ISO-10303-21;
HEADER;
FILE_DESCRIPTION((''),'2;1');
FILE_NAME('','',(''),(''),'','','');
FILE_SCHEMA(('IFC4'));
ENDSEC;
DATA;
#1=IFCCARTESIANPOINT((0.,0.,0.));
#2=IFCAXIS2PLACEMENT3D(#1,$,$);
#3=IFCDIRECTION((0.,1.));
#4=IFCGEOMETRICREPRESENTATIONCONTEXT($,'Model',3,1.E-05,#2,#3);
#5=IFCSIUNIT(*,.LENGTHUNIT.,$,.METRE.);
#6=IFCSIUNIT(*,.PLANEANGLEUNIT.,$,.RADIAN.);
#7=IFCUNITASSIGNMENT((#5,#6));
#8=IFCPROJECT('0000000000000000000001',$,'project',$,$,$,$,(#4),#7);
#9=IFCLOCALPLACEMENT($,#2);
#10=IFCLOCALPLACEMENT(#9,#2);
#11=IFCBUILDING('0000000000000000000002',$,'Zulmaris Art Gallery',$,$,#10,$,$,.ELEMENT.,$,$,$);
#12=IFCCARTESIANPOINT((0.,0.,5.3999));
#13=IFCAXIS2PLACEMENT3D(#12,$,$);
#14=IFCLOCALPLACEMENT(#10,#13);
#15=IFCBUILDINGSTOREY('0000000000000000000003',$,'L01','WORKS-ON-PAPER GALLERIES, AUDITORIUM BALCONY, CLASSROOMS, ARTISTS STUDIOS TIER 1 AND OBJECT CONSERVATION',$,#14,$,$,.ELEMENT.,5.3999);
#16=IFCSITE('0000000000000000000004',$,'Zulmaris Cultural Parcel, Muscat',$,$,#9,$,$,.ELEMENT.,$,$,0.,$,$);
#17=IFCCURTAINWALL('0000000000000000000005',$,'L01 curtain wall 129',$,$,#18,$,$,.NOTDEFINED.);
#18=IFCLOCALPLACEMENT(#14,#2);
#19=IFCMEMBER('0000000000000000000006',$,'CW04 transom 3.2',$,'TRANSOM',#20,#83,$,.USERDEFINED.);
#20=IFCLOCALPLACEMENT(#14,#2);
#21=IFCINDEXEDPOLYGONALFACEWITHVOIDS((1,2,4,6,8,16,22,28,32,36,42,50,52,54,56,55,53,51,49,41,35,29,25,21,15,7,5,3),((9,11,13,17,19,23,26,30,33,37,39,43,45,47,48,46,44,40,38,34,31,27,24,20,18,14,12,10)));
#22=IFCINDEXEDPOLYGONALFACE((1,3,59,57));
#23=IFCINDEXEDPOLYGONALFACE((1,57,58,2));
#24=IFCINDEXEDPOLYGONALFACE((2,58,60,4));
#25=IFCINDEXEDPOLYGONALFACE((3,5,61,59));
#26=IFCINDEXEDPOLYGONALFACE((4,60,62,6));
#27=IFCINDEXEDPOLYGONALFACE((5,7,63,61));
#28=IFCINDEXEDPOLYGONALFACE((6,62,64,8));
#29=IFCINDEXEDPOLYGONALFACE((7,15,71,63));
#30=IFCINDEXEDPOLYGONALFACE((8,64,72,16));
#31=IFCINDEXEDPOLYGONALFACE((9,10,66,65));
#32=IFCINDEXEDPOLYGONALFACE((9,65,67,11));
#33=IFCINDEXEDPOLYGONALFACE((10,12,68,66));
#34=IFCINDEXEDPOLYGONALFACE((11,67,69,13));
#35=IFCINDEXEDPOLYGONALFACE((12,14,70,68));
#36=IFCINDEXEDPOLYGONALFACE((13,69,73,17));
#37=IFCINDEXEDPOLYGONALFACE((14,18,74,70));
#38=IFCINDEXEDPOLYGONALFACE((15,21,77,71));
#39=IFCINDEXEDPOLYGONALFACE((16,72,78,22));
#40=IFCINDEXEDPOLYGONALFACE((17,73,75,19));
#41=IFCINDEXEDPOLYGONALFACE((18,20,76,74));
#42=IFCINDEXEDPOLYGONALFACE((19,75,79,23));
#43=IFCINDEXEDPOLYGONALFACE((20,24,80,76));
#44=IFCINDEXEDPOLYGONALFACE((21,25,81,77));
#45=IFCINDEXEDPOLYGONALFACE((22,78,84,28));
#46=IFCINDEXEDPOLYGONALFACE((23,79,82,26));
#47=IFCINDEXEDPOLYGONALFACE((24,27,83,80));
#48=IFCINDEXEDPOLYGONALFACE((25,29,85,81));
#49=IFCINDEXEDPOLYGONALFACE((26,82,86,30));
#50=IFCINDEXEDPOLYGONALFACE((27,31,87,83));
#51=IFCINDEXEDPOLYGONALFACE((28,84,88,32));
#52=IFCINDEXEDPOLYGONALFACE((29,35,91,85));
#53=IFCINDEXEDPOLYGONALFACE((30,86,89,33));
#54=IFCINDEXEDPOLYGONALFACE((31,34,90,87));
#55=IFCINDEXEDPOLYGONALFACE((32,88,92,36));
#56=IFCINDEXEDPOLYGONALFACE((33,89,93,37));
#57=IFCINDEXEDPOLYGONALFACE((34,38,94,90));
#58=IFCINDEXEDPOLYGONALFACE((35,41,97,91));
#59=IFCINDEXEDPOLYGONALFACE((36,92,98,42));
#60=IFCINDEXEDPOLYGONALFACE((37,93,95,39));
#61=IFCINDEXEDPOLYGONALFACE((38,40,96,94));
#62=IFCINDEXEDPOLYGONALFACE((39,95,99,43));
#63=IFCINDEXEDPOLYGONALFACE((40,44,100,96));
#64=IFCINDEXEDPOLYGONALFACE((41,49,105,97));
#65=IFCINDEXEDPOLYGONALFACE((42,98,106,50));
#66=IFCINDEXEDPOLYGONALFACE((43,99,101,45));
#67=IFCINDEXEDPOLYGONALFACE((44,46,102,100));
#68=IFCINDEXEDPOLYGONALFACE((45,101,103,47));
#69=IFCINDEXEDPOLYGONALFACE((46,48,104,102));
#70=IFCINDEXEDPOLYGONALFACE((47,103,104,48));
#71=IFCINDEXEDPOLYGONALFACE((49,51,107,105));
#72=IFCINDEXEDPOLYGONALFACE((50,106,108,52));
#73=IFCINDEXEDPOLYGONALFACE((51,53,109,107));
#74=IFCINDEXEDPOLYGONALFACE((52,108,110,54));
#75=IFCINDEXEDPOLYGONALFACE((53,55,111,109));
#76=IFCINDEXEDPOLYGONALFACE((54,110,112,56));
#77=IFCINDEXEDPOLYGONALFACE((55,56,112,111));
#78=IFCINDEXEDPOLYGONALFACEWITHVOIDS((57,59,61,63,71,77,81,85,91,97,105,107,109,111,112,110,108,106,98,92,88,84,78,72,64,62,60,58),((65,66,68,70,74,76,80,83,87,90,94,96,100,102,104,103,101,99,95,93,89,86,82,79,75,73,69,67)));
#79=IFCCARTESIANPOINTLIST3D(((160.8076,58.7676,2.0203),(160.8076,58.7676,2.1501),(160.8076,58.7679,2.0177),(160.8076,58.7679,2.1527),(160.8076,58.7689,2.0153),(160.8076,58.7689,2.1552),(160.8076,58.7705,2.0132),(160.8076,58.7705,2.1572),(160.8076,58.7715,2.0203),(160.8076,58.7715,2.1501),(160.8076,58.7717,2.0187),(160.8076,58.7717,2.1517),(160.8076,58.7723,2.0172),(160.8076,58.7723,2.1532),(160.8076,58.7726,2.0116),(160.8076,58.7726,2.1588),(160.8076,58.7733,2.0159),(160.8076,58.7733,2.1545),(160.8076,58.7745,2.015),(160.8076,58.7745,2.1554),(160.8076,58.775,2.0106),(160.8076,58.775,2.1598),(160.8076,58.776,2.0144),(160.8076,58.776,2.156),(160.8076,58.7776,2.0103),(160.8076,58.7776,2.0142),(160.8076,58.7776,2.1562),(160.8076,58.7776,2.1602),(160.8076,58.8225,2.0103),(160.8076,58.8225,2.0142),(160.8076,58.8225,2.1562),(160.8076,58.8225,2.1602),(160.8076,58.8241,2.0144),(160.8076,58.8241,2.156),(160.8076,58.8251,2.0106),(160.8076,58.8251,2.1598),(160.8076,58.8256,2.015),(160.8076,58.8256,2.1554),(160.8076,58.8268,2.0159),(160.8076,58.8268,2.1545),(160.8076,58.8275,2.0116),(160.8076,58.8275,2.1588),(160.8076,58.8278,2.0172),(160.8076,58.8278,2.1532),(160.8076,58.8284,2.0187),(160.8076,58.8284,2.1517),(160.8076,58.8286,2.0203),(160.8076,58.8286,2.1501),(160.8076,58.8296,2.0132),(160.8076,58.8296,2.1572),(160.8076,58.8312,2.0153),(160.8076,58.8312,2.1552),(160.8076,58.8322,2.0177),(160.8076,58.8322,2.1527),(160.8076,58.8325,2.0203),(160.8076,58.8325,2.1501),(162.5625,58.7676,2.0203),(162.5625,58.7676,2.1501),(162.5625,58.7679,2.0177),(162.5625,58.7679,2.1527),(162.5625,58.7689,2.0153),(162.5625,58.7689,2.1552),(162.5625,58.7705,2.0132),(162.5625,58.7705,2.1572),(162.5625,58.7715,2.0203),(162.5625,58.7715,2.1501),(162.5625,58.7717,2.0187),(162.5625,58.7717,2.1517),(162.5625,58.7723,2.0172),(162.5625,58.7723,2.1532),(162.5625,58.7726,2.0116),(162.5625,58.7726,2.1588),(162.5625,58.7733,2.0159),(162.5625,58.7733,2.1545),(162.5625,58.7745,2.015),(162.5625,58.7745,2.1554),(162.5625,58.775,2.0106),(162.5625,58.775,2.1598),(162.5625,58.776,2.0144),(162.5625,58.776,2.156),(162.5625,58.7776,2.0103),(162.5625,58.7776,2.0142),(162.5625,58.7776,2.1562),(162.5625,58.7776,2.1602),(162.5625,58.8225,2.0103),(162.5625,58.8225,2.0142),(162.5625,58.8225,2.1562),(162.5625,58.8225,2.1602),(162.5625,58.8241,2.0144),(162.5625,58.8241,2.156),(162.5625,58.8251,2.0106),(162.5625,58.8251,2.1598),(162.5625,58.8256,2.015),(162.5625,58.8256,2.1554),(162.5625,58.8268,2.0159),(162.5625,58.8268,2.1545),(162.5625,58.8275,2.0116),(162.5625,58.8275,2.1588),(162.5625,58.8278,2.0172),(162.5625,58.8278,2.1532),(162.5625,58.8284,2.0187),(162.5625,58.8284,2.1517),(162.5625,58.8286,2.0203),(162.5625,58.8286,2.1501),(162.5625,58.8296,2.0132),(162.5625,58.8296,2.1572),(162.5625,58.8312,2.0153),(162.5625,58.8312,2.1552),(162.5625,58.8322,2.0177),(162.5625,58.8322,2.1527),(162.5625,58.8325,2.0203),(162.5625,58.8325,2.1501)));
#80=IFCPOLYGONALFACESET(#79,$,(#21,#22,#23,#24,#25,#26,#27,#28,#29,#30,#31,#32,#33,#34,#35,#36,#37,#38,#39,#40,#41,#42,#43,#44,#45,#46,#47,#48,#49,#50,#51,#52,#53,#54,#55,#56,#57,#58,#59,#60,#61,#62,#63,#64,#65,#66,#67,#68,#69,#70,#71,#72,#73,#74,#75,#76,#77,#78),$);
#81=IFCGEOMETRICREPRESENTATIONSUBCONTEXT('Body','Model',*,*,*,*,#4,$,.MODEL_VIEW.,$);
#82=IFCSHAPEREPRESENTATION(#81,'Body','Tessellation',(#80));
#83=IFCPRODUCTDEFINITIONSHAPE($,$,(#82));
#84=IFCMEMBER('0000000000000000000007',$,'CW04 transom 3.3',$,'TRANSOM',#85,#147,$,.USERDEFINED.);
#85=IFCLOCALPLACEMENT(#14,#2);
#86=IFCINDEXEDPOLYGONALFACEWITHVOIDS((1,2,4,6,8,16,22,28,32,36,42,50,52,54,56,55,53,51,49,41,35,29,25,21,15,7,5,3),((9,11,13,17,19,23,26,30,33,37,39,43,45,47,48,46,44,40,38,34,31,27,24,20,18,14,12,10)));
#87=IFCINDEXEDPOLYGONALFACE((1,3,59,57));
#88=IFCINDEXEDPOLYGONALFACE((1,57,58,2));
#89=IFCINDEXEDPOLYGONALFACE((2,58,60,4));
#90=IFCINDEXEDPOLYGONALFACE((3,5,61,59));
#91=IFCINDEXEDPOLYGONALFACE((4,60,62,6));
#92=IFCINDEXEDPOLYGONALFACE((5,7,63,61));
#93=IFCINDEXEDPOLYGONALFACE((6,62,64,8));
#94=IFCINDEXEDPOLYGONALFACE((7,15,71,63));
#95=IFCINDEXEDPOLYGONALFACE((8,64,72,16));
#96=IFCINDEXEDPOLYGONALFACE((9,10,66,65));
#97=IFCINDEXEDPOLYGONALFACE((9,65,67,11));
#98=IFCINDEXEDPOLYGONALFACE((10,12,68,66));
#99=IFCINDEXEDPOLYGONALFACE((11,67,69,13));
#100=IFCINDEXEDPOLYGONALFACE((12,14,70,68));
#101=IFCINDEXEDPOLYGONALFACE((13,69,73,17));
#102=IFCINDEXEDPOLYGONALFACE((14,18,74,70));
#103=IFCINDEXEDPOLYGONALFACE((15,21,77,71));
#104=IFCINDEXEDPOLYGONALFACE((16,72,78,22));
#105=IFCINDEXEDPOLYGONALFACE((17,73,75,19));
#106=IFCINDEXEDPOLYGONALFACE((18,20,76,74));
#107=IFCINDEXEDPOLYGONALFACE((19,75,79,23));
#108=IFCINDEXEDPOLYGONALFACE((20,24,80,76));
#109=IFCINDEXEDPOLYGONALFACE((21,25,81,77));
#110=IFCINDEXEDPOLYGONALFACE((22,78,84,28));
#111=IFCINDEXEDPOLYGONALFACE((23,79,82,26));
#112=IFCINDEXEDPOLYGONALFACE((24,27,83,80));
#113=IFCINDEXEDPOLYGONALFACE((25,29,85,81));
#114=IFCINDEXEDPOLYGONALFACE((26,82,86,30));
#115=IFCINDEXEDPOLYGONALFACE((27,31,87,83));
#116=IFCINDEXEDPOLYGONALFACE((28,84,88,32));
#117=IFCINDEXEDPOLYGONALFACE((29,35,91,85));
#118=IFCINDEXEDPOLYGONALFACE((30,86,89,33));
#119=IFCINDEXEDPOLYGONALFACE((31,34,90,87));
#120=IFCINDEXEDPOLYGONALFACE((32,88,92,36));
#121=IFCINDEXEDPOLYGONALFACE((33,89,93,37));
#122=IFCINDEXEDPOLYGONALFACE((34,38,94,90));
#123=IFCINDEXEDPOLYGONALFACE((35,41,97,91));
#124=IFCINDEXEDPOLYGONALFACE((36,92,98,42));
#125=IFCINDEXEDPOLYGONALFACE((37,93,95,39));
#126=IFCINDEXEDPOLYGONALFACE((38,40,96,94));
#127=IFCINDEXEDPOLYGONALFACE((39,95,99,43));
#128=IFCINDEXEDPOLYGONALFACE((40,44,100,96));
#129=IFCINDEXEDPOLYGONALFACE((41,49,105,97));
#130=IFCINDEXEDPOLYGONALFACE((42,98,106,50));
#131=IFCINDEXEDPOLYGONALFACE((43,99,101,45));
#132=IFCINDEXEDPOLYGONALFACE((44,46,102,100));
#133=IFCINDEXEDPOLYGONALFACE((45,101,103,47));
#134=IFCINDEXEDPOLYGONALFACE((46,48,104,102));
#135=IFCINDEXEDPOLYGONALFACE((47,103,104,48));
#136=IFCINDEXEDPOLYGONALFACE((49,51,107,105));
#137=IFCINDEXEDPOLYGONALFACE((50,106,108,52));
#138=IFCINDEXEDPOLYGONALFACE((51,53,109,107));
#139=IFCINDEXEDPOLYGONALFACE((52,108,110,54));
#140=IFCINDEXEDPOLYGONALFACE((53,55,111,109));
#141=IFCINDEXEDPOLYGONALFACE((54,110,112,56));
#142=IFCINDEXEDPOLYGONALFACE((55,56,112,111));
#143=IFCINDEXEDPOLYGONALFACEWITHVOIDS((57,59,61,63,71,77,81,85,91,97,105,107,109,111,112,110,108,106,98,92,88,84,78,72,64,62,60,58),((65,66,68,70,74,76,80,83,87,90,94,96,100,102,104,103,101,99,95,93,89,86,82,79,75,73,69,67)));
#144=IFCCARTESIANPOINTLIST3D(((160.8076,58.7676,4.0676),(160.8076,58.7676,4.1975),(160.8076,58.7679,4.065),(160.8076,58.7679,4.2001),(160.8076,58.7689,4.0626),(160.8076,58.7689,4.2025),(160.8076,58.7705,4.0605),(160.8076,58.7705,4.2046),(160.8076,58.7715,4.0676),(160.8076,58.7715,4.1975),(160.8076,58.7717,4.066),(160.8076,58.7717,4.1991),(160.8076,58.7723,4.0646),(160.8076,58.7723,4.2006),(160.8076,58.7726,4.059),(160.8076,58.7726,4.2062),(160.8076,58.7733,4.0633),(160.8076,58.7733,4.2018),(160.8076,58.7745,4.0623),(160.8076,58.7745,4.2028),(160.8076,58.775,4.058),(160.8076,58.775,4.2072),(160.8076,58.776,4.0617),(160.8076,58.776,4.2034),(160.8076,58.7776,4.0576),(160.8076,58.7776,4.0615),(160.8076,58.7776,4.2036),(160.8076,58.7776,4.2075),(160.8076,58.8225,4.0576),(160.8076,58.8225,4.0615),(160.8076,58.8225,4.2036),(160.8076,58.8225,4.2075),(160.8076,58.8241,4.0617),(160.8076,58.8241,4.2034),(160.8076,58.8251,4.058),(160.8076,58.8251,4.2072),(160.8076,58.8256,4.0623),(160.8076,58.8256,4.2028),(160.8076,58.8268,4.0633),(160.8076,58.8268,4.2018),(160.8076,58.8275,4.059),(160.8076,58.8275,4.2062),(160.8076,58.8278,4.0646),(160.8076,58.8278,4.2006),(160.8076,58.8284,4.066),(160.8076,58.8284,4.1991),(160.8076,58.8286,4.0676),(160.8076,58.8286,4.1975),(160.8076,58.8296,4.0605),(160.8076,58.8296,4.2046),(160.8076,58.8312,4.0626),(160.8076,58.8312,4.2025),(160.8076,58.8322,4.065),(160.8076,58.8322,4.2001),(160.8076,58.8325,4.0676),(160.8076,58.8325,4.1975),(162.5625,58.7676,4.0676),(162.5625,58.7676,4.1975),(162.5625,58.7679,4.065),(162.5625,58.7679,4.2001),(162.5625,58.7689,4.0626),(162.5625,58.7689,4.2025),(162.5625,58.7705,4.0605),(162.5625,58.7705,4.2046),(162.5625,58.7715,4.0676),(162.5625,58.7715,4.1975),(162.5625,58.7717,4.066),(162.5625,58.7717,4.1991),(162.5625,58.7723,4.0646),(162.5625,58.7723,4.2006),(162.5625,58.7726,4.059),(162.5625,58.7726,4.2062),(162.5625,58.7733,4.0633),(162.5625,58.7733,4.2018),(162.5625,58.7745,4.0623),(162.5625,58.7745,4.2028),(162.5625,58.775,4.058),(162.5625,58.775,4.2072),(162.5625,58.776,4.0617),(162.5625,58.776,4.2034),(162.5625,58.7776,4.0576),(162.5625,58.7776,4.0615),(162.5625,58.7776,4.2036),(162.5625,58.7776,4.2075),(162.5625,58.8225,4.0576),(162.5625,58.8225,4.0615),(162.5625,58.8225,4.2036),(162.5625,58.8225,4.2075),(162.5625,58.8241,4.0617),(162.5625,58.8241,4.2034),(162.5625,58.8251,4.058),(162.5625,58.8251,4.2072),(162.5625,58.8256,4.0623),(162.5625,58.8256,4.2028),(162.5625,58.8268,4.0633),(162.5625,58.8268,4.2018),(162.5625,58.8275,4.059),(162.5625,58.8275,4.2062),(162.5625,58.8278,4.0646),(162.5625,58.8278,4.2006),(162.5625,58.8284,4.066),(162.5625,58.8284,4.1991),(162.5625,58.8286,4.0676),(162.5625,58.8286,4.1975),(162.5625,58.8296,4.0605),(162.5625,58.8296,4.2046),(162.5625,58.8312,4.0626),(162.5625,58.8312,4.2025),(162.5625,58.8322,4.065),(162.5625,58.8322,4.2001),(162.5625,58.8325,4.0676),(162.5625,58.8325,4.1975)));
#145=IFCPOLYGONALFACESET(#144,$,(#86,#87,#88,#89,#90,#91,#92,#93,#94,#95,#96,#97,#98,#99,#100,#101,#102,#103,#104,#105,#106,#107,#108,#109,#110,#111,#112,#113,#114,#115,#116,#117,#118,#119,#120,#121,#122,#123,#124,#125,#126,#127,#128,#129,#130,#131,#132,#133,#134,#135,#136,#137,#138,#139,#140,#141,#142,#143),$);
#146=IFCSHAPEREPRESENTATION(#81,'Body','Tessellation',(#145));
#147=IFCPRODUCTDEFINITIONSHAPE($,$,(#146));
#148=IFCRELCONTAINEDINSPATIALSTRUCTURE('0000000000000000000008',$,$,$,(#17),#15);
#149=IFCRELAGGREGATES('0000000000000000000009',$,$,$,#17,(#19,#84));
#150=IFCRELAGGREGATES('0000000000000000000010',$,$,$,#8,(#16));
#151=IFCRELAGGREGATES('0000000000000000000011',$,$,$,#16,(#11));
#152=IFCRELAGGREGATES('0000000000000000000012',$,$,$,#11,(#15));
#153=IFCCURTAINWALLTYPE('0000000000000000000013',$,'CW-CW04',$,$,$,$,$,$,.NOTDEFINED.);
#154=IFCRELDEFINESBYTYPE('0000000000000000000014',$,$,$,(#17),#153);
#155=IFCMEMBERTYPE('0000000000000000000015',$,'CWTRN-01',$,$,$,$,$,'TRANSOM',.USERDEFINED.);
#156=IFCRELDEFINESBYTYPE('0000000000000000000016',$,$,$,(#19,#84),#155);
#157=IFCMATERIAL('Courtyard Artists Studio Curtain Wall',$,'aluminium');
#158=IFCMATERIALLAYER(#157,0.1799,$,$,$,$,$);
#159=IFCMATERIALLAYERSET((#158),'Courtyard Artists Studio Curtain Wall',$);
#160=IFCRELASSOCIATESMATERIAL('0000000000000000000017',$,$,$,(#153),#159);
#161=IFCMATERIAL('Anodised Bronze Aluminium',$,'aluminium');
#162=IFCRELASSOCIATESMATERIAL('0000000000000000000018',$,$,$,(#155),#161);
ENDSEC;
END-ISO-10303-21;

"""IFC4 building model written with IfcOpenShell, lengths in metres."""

from ifc_helpers import new_model, si_unit, direction, frame, origin, origin_2d, place, context, subcontext, project, spatial, hollow_rectangle, extrude, material, layer, layer_set, material_profile, profile_set, type_object, element, aggregate, save


model = new_model("IFC4")

# Units and contexts
model_context = context("Model", 3, precision=1e-05, world=origin(), true_north=direction((0.0, 1.0)))
body_context = subcontext(model_context, "Body", "Model", "MODEL_VIEW")
ifc_project = project(units=[si_unit("LENGTHUNIT", "METRE"), si_unit("PLANEANGLEUNIT", "RADIAN")], contexts=[model_context])

# Site, building, storey
site_placement = place(None, origin())
site = spatial("IfcSite", under=ifc_project, at=site_placement, Name="Zulmaris Cultural Parcel, Muscat", CompositionType="ELEMENT", RefElevation=0.0)
building_placement = place(site_placement, origin())
building = spatial("IfcBuilding", under=site, at=building_placement, Name="Zulmaris Art Gallery", CompositionType="ELEMENT")
storey_placement = place(building_placement, frame((0.0, 0.0, 5.3999)))
storey = spatial("IfcBuildingStorey", under=building, at=storey_placement, Name="L01", Description="WORKS-ON-PAPER GALLERIES, AUDITORIUM BALCONY, CLASSROOMS, ARTISTS STUDIOS TIER 1 AND OBJECT CONSERVATION", CompositionType="ELEMENT", Elevation=5.3999)

# Curtain wall
ifc_material_1 = material(Name="Courtyard Artists Studio Curtain Wall", Category="aluminium")
ifc_layer_1 = layer(ifc_material_1, 0.1799)
ifc_layer_set_1 = layer_set([ifc_layer_1], Name="Courtyard Artists Studio Curtain Wall")
curtain_wall_type = type_object("IfcCurtainWallType", Name="CW-CW04", PredefinedType="NOTDEFINED", material=ifc_layer_set_1)
curtain_wall_1_placement = place(storey_placement, origin())
curtain_wall_1 = element("IfcCurtainWall", 1, at=curtain_wall_1_placement, inside=storey, type_object=curtain_wall_type, Name="L01 curtain wall 129", PredefinedType="NOTDEFINED")
ifc_material_2 = material(Name="Anodised Bronze Aluminium", Category="aluminium")
ifc_material_profile_1 = material_profile(ifc_material_2, hollow_rectangle(XDim=0.0649, YDim=0.1499, WallThickness=0.0039, InnerFilletRadius=0.0061, OuterFilletRadius=0.01, at=origin_2d()), Name="ALU 65x150x4")
ifc_profile_set_1 = profile_set([ifc_material_profile_1], Name="Anodised Bronze Aluminium")
member_type_1 = type_object("IfcMemberType", Name="CWTRN-01", ElementType="TRANSOM", PredefinedType="USERDEFINED", material=ifc_profile_set_1)

# Members
member_1_placement = place(storey_placement, frame((162.5625, 58.8, 2.0852), z_axis=(-1.0, 0.0, 0.0), x_axis=(0.0, -1.0, 0.0)))
member_1 = element("IfcMember", 2, at=member_1_placement, type_object=member_type_1, Name="CW04 transom 3.2", ObjectType="TRANSOM", PredefinedType="USERDEFINED", context=body_context, shape_type="SweptSolid", body=[
    extrude(hollow_rectangle(XDim=0.0649, YDim=0.1499, WallThickness=0.0039, InnerFilletRadius=0.0061, OuterFilletRadius=0.01, at=origin_2d()), origin(), (0.0, 0.0, 1.0), 1.7549),
])
member_2_placement = place(storey_placement, frame((162.5625, 58.8, 4.1326), z_axis=(-1.0, 0.0, 0.0), x_axis=(0.0, -1.0, 0.0)))
member_2 = element("IfcMember", 3, at=member_2_placement, type_object=member_type_1, Name="CW04 transom 3.3", ObjectType="TRANSOM", PredefinedType="USERDEFINED", context=body_context, shape_type="SweptSolid", body=[
    extrude(hollow_rectangle(XDim=0.0649, YDim=0.1499, WallThickness=0.0039, InnerFilletRadius=0.0061, OuterFilletRadius=0.01, at=origin_2d()), origin(), (0.0, 0.0, 1.0), 1.7549),
])

aggregate(curtain_wall_1, [member_1, member_2])

save(model, "model.ifc")
